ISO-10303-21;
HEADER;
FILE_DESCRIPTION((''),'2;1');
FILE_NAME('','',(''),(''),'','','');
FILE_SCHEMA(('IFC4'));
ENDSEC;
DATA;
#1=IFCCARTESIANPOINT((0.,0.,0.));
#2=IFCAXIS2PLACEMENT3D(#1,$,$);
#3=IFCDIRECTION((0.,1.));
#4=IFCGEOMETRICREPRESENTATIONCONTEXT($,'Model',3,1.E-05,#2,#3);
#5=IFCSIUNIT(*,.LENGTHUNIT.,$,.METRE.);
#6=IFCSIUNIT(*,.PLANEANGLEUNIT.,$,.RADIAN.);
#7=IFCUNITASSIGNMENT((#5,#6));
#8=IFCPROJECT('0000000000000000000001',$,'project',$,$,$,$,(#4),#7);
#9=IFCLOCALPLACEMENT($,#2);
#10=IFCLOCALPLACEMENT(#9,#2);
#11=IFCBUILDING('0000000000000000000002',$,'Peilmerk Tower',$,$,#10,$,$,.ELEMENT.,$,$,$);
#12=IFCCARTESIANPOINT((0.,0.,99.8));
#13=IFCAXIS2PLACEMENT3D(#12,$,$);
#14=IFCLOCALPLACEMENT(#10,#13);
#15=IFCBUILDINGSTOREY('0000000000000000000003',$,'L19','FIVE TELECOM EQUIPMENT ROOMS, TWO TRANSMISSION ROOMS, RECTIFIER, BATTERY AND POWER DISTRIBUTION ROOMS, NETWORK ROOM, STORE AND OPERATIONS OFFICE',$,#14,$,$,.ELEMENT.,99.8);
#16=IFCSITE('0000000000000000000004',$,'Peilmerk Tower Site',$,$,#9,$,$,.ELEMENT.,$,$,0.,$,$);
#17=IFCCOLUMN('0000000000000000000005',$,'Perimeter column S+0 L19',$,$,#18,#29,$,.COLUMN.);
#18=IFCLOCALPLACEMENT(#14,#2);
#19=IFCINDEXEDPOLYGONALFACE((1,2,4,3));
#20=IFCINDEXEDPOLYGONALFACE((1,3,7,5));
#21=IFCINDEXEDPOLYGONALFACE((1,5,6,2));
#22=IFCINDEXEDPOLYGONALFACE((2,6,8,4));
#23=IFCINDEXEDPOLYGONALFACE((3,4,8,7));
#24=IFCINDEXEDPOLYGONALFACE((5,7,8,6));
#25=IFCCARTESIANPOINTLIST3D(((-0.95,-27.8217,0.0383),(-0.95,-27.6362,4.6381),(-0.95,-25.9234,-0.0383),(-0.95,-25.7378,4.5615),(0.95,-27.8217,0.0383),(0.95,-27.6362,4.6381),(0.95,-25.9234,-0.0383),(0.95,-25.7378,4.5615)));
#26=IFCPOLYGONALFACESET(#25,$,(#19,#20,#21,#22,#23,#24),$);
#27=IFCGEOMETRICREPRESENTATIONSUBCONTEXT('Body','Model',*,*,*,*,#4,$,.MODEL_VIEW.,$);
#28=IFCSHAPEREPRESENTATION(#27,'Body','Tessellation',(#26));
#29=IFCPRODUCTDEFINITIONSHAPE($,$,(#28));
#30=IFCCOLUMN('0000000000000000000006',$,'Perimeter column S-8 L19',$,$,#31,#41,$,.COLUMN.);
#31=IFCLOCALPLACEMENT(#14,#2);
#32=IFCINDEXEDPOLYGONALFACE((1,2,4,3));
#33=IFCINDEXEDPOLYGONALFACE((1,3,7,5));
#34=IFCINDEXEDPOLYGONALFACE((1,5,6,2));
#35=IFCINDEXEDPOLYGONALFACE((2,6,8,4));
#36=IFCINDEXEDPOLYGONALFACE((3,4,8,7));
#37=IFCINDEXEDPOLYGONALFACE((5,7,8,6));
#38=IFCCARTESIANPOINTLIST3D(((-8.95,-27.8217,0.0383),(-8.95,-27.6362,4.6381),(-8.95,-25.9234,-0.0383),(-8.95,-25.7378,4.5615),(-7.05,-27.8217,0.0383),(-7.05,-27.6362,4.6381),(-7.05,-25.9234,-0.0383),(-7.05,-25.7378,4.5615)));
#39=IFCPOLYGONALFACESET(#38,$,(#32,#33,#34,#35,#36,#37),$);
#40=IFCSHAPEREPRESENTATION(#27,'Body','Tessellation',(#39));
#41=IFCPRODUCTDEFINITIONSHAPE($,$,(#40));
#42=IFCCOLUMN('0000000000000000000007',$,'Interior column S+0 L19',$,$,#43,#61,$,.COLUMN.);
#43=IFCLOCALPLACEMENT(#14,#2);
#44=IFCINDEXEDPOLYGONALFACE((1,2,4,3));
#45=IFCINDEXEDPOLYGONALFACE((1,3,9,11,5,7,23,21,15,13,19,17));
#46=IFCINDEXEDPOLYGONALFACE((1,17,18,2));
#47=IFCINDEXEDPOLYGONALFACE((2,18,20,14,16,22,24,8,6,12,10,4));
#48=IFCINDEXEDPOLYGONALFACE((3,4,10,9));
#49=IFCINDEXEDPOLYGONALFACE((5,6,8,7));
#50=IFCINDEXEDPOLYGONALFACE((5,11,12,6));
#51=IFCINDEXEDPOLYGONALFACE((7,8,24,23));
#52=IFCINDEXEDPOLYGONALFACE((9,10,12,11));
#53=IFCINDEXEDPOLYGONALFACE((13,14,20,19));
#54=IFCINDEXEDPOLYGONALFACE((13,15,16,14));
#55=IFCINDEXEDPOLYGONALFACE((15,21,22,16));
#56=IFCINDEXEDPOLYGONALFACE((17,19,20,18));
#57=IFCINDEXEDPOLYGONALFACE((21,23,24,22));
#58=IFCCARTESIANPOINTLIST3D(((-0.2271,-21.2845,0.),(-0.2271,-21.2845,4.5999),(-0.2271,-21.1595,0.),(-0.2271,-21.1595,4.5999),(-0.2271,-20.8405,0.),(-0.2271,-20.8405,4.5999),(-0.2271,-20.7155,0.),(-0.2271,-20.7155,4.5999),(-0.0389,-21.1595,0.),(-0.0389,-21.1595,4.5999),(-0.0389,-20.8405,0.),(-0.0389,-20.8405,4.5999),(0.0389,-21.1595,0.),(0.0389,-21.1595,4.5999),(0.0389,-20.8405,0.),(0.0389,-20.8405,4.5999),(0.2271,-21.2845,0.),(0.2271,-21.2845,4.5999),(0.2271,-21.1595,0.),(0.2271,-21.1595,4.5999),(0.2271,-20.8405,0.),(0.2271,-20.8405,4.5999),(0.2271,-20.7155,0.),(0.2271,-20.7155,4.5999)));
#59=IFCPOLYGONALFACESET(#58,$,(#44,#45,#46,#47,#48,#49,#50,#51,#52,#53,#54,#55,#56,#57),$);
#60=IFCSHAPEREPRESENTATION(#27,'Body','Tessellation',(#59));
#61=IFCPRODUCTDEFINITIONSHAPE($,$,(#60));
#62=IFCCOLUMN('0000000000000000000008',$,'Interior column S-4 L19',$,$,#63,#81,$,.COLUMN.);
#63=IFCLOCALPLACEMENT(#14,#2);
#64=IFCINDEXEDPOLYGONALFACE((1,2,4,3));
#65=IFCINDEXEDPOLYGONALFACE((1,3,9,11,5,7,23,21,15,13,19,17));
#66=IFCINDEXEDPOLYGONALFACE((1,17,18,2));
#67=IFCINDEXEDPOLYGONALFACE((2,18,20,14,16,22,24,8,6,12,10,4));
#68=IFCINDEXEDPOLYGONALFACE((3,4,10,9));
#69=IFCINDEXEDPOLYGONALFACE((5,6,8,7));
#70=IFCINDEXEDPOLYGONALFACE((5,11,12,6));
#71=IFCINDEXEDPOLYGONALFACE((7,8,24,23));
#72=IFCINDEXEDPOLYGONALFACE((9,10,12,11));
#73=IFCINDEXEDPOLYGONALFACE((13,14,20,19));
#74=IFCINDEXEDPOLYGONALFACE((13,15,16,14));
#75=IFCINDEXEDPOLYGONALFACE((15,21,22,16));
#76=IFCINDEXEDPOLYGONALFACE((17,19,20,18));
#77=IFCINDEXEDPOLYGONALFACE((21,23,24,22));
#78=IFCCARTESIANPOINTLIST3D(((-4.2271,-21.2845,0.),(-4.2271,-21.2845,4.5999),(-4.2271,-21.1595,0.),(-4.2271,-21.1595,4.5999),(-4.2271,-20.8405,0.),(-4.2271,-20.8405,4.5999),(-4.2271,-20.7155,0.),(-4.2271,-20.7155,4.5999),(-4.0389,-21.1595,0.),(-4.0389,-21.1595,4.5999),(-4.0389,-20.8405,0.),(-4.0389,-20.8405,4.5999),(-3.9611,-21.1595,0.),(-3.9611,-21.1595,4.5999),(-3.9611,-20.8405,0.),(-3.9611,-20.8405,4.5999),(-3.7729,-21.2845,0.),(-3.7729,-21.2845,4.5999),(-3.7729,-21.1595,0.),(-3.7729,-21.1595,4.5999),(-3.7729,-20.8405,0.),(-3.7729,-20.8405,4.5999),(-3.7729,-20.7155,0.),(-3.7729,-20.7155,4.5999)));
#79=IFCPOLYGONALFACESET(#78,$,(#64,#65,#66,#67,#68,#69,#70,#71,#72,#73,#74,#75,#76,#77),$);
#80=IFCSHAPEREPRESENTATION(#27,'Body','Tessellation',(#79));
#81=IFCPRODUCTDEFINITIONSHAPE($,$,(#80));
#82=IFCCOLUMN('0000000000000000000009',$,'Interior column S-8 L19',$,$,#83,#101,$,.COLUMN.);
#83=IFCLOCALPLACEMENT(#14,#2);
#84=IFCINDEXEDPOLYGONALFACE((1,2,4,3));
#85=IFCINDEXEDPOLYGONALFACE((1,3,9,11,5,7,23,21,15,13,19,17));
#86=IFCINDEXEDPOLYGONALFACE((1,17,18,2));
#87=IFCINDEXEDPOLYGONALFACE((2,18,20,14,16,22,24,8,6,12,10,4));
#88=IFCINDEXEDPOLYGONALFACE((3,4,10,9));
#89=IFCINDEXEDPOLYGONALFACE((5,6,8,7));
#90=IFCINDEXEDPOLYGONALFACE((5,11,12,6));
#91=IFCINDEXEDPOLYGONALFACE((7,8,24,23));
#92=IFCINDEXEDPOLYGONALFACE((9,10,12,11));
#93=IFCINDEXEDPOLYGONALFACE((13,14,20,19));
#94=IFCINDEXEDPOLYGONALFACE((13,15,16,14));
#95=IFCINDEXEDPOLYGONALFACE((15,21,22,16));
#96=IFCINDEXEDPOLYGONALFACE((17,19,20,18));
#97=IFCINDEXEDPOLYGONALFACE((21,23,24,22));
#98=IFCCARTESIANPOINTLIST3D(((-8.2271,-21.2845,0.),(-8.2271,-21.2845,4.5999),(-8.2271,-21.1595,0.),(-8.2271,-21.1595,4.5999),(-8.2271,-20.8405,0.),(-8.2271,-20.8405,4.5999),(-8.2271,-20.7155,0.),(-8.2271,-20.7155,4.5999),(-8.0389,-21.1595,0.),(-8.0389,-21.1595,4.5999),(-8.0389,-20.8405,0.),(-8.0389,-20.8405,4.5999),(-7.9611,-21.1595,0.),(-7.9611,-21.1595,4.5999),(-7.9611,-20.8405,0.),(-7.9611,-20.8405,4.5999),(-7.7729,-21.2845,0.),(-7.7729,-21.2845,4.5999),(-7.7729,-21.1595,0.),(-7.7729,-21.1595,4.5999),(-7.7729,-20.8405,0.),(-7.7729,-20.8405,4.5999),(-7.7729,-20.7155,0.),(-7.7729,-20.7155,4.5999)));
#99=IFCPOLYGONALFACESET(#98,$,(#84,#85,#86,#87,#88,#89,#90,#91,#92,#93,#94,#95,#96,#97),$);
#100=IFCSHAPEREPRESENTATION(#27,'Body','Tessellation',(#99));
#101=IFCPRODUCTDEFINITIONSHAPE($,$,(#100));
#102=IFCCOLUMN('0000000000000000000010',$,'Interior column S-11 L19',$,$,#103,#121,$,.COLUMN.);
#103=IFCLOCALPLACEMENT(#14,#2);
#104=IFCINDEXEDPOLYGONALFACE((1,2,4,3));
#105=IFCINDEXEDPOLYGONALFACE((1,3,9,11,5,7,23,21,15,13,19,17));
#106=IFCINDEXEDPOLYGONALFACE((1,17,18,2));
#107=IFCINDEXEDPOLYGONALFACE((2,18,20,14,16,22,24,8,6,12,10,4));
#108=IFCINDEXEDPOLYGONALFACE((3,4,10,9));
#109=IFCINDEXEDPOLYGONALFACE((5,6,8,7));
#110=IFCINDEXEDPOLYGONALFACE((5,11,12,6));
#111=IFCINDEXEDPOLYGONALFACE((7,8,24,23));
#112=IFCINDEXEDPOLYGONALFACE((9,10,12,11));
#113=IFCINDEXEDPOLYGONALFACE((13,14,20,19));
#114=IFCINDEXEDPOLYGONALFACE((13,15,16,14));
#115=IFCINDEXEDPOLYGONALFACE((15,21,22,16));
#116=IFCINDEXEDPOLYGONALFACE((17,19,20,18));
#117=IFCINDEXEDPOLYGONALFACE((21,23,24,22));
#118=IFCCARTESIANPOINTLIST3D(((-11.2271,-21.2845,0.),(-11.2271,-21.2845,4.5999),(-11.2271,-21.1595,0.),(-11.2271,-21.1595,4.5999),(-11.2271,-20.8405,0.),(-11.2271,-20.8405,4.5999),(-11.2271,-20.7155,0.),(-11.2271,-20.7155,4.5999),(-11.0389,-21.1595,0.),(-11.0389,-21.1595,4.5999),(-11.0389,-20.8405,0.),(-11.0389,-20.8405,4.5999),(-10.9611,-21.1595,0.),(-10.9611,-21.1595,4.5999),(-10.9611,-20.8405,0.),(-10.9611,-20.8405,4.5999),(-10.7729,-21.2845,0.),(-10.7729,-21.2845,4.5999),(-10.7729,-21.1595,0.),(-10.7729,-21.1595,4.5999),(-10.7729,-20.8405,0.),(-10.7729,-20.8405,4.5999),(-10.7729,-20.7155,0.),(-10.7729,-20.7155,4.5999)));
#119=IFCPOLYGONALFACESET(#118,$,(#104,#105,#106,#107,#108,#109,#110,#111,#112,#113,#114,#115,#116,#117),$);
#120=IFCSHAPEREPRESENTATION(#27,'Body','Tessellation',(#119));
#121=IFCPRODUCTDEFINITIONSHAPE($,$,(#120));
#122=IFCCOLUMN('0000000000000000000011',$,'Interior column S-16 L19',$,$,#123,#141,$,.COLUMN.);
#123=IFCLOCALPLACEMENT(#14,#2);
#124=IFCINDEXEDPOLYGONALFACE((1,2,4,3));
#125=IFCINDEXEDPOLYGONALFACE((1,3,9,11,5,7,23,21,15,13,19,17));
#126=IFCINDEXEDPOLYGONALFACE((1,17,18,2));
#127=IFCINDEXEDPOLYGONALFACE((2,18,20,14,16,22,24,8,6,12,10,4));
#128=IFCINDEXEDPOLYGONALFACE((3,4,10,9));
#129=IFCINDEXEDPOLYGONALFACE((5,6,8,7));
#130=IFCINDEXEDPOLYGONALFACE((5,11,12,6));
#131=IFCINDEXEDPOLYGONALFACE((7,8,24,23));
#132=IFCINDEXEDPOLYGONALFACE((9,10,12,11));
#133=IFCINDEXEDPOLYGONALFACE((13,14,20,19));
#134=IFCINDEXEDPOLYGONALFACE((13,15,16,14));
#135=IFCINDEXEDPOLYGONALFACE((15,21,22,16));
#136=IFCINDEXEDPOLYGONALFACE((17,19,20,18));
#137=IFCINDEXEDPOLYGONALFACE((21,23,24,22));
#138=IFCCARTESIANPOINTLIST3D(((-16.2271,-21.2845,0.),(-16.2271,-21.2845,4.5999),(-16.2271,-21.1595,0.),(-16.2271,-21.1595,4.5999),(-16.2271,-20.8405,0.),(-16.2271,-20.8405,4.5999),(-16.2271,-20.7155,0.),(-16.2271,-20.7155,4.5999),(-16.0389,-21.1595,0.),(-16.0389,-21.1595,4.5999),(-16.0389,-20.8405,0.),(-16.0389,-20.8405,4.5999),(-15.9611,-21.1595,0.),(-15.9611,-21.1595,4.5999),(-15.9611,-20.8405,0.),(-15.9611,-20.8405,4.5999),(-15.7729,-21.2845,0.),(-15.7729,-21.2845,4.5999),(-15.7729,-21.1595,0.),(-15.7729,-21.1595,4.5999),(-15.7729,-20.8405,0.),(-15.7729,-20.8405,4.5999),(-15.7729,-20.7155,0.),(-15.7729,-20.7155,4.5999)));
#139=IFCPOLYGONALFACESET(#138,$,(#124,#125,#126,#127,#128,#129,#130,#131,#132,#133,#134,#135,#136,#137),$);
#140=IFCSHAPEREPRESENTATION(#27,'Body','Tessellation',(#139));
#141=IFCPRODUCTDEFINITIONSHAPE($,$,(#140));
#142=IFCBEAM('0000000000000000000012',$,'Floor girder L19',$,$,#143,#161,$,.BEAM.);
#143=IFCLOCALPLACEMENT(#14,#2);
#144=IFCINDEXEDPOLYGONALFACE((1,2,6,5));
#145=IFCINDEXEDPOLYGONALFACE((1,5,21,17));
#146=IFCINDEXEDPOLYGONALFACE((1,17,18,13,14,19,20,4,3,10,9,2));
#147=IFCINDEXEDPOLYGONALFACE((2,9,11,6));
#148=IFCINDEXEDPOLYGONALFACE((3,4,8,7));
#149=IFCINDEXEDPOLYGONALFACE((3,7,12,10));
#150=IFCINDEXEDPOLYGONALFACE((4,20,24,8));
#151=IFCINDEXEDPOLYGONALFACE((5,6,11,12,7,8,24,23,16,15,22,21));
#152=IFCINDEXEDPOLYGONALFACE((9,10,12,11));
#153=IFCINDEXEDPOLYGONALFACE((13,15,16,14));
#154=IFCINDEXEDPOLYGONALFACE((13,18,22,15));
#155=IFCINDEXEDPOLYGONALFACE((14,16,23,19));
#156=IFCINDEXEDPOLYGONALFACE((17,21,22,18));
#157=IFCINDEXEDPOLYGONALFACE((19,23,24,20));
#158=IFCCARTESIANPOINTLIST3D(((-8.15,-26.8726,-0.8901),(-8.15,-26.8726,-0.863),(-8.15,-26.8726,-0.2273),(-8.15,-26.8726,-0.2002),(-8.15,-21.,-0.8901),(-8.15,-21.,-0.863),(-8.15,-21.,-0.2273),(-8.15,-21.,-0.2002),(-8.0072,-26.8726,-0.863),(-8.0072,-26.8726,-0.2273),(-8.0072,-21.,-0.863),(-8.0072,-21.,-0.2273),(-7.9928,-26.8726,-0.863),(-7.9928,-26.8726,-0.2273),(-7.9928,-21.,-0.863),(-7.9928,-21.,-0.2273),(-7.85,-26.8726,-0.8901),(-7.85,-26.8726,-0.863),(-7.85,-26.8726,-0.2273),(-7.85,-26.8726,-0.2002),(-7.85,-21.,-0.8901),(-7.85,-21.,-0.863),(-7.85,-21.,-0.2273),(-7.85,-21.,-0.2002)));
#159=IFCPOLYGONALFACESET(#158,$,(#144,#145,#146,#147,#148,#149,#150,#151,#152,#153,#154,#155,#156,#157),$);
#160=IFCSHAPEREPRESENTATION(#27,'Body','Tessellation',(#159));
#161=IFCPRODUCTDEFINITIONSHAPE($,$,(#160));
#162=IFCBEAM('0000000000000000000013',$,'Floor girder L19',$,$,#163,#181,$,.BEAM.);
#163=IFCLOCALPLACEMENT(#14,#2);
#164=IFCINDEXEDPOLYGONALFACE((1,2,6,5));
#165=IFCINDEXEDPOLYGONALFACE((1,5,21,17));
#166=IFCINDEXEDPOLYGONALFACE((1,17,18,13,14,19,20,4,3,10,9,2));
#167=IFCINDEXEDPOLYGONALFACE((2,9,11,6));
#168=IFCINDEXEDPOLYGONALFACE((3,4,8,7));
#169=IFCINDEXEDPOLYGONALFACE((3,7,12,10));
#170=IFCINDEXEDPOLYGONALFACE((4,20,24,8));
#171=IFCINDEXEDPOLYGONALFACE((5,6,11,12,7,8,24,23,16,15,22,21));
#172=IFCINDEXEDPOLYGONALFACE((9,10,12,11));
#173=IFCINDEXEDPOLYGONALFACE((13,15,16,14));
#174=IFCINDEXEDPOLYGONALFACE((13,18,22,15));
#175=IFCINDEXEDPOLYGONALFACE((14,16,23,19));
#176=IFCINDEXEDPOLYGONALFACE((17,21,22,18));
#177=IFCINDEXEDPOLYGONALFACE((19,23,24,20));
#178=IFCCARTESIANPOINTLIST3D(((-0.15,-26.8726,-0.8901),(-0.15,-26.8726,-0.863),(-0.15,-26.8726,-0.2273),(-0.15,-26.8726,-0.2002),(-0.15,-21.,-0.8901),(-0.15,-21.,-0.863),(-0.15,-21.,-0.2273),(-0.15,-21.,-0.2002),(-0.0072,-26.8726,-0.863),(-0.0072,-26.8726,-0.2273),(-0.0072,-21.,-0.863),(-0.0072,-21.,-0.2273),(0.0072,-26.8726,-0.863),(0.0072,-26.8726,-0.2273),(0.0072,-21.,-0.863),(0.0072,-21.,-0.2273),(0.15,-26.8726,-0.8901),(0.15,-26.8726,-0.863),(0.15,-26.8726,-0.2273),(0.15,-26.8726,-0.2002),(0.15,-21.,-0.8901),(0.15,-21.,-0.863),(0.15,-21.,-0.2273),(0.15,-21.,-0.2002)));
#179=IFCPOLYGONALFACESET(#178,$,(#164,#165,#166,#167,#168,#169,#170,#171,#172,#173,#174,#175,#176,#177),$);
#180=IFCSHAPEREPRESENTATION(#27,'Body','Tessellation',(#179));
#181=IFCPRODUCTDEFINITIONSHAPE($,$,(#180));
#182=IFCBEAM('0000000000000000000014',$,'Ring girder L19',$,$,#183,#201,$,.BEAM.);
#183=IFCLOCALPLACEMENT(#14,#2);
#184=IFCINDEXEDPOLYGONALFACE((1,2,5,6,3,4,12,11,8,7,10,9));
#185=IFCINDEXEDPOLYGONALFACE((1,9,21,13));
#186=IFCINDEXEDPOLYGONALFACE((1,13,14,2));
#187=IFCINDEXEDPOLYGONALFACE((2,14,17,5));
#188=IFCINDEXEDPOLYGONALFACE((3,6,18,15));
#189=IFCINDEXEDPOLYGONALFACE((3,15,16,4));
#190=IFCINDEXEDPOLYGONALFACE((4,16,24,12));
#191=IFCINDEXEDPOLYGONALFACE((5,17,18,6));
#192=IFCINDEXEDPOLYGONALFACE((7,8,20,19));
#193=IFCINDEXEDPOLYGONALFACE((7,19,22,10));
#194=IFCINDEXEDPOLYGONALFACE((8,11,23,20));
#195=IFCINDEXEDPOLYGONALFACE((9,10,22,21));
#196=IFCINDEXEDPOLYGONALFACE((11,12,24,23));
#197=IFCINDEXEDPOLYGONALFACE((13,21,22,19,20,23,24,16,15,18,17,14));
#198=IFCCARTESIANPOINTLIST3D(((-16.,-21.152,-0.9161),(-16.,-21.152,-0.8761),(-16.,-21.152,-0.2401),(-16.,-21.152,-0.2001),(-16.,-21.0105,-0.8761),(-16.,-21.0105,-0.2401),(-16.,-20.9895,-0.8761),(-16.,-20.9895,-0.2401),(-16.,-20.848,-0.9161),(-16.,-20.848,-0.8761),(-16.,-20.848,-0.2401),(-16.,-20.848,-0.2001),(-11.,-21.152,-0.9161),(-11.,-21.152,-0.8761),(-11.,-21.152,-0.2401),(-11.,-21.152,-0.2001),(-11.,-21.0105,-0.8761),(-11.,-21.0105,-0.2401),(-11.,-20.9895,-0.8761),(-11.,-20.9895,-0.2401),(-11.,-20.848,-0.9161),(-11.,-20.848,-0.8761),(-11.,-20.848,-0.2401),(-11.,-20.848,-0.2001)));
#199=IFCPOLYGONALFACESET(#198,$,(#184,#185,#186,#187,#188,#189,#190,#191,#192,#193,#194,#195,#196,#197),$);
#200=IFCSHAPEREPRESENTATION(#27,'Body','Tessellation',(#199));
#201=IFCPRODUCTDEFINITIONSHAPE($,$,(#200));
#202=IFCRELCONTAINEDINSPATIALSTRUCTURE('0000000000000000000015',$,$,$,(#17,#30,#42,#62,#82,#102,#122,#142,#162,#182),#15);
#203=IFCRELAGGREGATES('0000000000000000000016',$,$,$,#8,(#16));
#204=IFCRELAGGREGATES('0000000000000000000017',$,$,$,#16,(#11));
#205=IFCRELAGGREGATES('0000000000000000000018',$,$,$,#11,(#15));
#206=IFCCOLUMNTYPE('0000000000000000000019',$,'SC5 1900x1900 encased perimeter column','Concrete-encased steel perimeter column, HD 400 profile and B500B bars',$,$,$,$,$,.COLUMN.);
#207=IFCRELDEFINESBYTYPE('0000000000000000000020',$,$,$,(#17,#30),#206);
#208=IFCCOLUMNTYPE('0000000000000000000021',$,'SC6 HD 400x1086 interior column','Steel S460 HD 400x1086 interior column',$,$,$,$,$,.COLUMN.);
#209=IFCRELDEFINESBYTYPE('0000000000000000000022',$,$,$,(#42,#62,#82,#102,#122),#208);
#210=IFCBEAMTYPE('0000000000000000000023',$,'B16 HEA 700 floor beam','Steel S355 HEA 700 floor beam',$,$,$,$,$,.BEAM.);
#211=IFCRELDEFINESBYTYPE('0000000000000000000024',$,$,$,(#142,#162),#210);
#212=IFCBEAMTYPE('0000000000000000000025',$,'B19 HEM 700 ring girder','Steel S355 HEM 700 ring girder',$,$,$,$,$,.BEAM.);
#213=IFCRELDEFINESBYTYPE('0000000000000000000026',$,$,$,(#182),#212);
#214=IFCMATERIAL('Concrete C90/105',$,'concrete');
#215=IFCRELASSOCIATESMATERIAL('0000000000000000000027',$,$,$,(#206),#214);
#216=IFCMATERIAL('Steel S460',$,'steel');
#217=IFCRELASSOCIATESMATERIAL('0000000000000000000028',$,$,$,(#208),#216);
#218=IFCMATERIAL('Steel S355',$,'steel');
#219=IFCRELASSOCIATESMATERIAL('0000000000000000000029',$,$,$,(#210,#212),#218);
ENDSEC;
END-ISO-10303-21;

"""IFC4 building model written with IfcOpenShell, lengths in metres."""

from ifc_helpers import new_model, si_unit, direction, frame, origin, origin_2d, place, context, subcontext, project, spatial, rectangle, i_section, extrude, material, material_profile, profile_set, type_object, element, save


model = new_model("IFC4")

# Units and contexts
model_context = context("Model", 3, precision=1e-05, world=origin(), true_north=direction((0.0, 1.0)))
body_context = subcontext(model_context, "Body", "Model", "MODEL_VIEW")
ifc_project = project(units=[si_unit("LENGTHUNIT", "METRE"), si_unit("PLANEANGLEUNIT", "RADIAN")], contexts=[model_context])

# Site, building, storey
site_placement = place(None, origin())
site = spatial("IfcSite", under=ifc_project, at=site_placement, Name="Peilmerk Tower Site", CompositionType="ELEMENT", RefElevation=0.0)
building_placement = place(site_placement, origin())
building = spatial("IfcBuilding", under=site, at=building_placement, Name="Peilmerk Tower", CompositionType="ELEMENT")
storey_placement = place(building_placement, frame((0.0, 0.0, 99.8)))
storey = spatial("IfcBuildingStorey", under=building, at=storey_placement, Name="L19", Description="FIVE TELECOM EQUIPMENT ROOMS, TWO TRANSMISSION ROOMS, RECTIFIER, BATTERY AND POWER DISTRIBUTION ROOMS, NETWORK ROOM, STORE AND OPERATIONS OFFICE", CompositionType="ELEMENT", Elevation=99.8)

# Columns
ifc_material_1 = material(Name="Concrete C90/105", Category="concrete")
ifc_material_profile_1 = material_profile(ifc_material_1, rectangle(XDim=1.8999, YDim=1.8999, at=origin_2d()), Name="RC 1900x1900")
ifc_profile_set_1 = profile_set([ifc_material_profile_1], Name="Concrete C90/105")
column_type_1 = type_object("IfcColumnType", Name="SC5 1900x1900 encased perimeter column", Description="Concrete-encased steel perimeter column, HD 400 profile and B500B bars", PredefinedType="COLUMN", material=ifc_profile_set_1)
for number, where, z_axis, x_axis, name in (
    (1, (0.0, -26.8726, 0.0), (0.0, 0.040305, 0.999187), (-1.0, 0.0, 0.0), "Perimeter column S+0 L19"),
    (2, (-8.0, -26.8726, 0.0), (0.0, 0.040305, 0.999187), (-1.0, 0.0, 0.0), "Perimeter column S-8 L19"),
):
    element("IfcColumn", number, at=place(storey_placement, frame(where, z_axis=z_axis, x_axis=x_axis)), inside=storey, type_object=column_type_1, Name=name, PredefinedType="COLUMN", context=body_context, shape_type="SweptSolid", body=[
        extrude(rectangle(XDim=1.8999, YDim=1.8999, at=origin_2d()), origin(), (0.0, 0.0, 1.0), 4.6035),
    ])
ifc_material_2 = material(Name="Steel S460", Category="steel")
ifc_material_profile_2 = material_profile(ifc_material_2, i_section(OverallWidth=0.4541, OverallDepth=0.5691, WebThickness=0.0779, FlangeThickness=0.125, at=origin_2d()), Name="HD 400x1086")
ifc_profile_set_2 = profile_set([ifc_material_profile_2], Name="Steel S460")
column_type_2 = type_object("IfcColumnType", Name="SC6 HD 400x1086 interior column", Description="Steel S460 HD 400x1086 interior column", PredefinedType="COLUMN", material=ifc_profile_set_2)
for number, where, z_axis, x_axis, name in (
    (3, (0.0, -21.0, 0.0), (0.0, 0.0, 1.0), (1.0, 0.0, 0.0), "Interior column S+0 L19"),
    (4, (-4.0, -21.0, 0.0), (0.0, 0.0, 1.0), (1.0, 0.0, 0.0), "Interior column S-4 L19"),
    (5, (-8.0, -21.0, 0.0), (0.0, 0.0, 1.0), (1.0, 0.0, 0.0), "Interior column S-8 L19"),
    (6, (-11.0, -21.0, 0.0), (0.0, 0.0, 1.0), (1.0, 0.0, 0.0), "Interior column S-11 L19"),
    (7, (-16.0, -21.0, 0.0), (0.0, 0.0, 1.0), (1.0, 0.0, 0.0), "Interior column S-16 L19"),
):
    element("IfcColumn", number, at=place(storey_placement, frame(where, z_axis=z_axis, x_axis=x_axis)), inside=storey, type_object=column_type_2, Name=name, PredefinedType="COLUMN", context=body_context, shape_type="SweptSolid", body=[
        extrude(i_section(OverallWidth=0.4541, OverallDepth=0.5691, WebThickness=0.0779, FlangeThickness=0.125, at=origin_2d()), origin(), (0.0, 0.0, 1.0), 4.5999),
    ])

# Beams
ifc_material_3 = material(Name="Steel S355", Category="steel")
ifc_material_profile_3 = material_profile(ifc_material_3, i_section(OverallWidth=0.3, OverallDepth=0.6899, WebThickness=0.0144, FlangeThickness=0.0271, at=origin_2d()), Name="HEA 700")
ifc_profile_set_3 = profile_set([ifc_material_profile_3], Name="Steel S355")
beam_type_1 = type_object("IfcBeamType", Name="B16 HEA 700 floor beam", Description="Steel S355 HEA 700 floor beam", PredefinedType="BEAM", material=ifc_profile_set_3)
for number, where, z_axis, x_axis, name in (
    (8, (-8.0, -21.0, -0.5452), (0.0, -1.0, 0.0), (1.0, 0.0, 0.0), "Floor girder L19"),
    (9, (0.0, -21.0, -0.5452), (0.0, -1.0, 0.0), (1.0, 0.0, 0.0), "Floor girder L19"),
):
    element("IfcBeam", number, at=place(storey_placement, frame(where, z_axis=z_axis, x_axis=x_axis)), inside=storey, type_object=beam_type_1, Name=name, PredefinedType="BEAM", context=body_context, shape_type="SweptSolid", body=[
        extrude(i_section(OverallWidth=0.3, OverallDepth=0.6899, WebThickness=0.0144, FlangeThickness=0.0271, at=origin_2d()), origin(), (0.0, 0.0, 1.0), 5.8726),
    ])
ifc_material_profile_4 = material_profile(ifc_material_3, i_section(OverallWidth=0.304, OverallDepth=0.7161, WebThickness=0.021, FlangeThickness=0.04, at=origin_2d()), Name="HEM 700")
ifc_profile_set_4 = profile_set([ifc_material_profile_4], Name="Steel S355")
beam_type_2 = type_object("IfcBeamType", Name="B19 HEM 700 ring girder", Description="Steel S355 HEM 700 ring girder", PredefinedType="BEAM", material=ifc_profile_set_4)
beam_1_placement = place(storey_placement, frame((-16.0, -21.0, -0.5581), z_axis=(1.0, 0.0, 0.0), x_axis=(0.0, 1.0, 0.0)))
element("IfcBeam", 10, at=beam_1_placement, inside=storey, type_object=beam_type_2, Name="Ring girder L19", PredefinedType="BEAM", context=body_context, shape_type="SweptSolid", body=[
    extrude(i_section(OverallWidth=0.304, OverallDepth=0.7161, WebThickness=0.021, FlangeThickness=0.04, at=origin_2d()), origin(), (0.0, 0.0, 1.0), 5.0),
])

save(model, "model.ifc")
